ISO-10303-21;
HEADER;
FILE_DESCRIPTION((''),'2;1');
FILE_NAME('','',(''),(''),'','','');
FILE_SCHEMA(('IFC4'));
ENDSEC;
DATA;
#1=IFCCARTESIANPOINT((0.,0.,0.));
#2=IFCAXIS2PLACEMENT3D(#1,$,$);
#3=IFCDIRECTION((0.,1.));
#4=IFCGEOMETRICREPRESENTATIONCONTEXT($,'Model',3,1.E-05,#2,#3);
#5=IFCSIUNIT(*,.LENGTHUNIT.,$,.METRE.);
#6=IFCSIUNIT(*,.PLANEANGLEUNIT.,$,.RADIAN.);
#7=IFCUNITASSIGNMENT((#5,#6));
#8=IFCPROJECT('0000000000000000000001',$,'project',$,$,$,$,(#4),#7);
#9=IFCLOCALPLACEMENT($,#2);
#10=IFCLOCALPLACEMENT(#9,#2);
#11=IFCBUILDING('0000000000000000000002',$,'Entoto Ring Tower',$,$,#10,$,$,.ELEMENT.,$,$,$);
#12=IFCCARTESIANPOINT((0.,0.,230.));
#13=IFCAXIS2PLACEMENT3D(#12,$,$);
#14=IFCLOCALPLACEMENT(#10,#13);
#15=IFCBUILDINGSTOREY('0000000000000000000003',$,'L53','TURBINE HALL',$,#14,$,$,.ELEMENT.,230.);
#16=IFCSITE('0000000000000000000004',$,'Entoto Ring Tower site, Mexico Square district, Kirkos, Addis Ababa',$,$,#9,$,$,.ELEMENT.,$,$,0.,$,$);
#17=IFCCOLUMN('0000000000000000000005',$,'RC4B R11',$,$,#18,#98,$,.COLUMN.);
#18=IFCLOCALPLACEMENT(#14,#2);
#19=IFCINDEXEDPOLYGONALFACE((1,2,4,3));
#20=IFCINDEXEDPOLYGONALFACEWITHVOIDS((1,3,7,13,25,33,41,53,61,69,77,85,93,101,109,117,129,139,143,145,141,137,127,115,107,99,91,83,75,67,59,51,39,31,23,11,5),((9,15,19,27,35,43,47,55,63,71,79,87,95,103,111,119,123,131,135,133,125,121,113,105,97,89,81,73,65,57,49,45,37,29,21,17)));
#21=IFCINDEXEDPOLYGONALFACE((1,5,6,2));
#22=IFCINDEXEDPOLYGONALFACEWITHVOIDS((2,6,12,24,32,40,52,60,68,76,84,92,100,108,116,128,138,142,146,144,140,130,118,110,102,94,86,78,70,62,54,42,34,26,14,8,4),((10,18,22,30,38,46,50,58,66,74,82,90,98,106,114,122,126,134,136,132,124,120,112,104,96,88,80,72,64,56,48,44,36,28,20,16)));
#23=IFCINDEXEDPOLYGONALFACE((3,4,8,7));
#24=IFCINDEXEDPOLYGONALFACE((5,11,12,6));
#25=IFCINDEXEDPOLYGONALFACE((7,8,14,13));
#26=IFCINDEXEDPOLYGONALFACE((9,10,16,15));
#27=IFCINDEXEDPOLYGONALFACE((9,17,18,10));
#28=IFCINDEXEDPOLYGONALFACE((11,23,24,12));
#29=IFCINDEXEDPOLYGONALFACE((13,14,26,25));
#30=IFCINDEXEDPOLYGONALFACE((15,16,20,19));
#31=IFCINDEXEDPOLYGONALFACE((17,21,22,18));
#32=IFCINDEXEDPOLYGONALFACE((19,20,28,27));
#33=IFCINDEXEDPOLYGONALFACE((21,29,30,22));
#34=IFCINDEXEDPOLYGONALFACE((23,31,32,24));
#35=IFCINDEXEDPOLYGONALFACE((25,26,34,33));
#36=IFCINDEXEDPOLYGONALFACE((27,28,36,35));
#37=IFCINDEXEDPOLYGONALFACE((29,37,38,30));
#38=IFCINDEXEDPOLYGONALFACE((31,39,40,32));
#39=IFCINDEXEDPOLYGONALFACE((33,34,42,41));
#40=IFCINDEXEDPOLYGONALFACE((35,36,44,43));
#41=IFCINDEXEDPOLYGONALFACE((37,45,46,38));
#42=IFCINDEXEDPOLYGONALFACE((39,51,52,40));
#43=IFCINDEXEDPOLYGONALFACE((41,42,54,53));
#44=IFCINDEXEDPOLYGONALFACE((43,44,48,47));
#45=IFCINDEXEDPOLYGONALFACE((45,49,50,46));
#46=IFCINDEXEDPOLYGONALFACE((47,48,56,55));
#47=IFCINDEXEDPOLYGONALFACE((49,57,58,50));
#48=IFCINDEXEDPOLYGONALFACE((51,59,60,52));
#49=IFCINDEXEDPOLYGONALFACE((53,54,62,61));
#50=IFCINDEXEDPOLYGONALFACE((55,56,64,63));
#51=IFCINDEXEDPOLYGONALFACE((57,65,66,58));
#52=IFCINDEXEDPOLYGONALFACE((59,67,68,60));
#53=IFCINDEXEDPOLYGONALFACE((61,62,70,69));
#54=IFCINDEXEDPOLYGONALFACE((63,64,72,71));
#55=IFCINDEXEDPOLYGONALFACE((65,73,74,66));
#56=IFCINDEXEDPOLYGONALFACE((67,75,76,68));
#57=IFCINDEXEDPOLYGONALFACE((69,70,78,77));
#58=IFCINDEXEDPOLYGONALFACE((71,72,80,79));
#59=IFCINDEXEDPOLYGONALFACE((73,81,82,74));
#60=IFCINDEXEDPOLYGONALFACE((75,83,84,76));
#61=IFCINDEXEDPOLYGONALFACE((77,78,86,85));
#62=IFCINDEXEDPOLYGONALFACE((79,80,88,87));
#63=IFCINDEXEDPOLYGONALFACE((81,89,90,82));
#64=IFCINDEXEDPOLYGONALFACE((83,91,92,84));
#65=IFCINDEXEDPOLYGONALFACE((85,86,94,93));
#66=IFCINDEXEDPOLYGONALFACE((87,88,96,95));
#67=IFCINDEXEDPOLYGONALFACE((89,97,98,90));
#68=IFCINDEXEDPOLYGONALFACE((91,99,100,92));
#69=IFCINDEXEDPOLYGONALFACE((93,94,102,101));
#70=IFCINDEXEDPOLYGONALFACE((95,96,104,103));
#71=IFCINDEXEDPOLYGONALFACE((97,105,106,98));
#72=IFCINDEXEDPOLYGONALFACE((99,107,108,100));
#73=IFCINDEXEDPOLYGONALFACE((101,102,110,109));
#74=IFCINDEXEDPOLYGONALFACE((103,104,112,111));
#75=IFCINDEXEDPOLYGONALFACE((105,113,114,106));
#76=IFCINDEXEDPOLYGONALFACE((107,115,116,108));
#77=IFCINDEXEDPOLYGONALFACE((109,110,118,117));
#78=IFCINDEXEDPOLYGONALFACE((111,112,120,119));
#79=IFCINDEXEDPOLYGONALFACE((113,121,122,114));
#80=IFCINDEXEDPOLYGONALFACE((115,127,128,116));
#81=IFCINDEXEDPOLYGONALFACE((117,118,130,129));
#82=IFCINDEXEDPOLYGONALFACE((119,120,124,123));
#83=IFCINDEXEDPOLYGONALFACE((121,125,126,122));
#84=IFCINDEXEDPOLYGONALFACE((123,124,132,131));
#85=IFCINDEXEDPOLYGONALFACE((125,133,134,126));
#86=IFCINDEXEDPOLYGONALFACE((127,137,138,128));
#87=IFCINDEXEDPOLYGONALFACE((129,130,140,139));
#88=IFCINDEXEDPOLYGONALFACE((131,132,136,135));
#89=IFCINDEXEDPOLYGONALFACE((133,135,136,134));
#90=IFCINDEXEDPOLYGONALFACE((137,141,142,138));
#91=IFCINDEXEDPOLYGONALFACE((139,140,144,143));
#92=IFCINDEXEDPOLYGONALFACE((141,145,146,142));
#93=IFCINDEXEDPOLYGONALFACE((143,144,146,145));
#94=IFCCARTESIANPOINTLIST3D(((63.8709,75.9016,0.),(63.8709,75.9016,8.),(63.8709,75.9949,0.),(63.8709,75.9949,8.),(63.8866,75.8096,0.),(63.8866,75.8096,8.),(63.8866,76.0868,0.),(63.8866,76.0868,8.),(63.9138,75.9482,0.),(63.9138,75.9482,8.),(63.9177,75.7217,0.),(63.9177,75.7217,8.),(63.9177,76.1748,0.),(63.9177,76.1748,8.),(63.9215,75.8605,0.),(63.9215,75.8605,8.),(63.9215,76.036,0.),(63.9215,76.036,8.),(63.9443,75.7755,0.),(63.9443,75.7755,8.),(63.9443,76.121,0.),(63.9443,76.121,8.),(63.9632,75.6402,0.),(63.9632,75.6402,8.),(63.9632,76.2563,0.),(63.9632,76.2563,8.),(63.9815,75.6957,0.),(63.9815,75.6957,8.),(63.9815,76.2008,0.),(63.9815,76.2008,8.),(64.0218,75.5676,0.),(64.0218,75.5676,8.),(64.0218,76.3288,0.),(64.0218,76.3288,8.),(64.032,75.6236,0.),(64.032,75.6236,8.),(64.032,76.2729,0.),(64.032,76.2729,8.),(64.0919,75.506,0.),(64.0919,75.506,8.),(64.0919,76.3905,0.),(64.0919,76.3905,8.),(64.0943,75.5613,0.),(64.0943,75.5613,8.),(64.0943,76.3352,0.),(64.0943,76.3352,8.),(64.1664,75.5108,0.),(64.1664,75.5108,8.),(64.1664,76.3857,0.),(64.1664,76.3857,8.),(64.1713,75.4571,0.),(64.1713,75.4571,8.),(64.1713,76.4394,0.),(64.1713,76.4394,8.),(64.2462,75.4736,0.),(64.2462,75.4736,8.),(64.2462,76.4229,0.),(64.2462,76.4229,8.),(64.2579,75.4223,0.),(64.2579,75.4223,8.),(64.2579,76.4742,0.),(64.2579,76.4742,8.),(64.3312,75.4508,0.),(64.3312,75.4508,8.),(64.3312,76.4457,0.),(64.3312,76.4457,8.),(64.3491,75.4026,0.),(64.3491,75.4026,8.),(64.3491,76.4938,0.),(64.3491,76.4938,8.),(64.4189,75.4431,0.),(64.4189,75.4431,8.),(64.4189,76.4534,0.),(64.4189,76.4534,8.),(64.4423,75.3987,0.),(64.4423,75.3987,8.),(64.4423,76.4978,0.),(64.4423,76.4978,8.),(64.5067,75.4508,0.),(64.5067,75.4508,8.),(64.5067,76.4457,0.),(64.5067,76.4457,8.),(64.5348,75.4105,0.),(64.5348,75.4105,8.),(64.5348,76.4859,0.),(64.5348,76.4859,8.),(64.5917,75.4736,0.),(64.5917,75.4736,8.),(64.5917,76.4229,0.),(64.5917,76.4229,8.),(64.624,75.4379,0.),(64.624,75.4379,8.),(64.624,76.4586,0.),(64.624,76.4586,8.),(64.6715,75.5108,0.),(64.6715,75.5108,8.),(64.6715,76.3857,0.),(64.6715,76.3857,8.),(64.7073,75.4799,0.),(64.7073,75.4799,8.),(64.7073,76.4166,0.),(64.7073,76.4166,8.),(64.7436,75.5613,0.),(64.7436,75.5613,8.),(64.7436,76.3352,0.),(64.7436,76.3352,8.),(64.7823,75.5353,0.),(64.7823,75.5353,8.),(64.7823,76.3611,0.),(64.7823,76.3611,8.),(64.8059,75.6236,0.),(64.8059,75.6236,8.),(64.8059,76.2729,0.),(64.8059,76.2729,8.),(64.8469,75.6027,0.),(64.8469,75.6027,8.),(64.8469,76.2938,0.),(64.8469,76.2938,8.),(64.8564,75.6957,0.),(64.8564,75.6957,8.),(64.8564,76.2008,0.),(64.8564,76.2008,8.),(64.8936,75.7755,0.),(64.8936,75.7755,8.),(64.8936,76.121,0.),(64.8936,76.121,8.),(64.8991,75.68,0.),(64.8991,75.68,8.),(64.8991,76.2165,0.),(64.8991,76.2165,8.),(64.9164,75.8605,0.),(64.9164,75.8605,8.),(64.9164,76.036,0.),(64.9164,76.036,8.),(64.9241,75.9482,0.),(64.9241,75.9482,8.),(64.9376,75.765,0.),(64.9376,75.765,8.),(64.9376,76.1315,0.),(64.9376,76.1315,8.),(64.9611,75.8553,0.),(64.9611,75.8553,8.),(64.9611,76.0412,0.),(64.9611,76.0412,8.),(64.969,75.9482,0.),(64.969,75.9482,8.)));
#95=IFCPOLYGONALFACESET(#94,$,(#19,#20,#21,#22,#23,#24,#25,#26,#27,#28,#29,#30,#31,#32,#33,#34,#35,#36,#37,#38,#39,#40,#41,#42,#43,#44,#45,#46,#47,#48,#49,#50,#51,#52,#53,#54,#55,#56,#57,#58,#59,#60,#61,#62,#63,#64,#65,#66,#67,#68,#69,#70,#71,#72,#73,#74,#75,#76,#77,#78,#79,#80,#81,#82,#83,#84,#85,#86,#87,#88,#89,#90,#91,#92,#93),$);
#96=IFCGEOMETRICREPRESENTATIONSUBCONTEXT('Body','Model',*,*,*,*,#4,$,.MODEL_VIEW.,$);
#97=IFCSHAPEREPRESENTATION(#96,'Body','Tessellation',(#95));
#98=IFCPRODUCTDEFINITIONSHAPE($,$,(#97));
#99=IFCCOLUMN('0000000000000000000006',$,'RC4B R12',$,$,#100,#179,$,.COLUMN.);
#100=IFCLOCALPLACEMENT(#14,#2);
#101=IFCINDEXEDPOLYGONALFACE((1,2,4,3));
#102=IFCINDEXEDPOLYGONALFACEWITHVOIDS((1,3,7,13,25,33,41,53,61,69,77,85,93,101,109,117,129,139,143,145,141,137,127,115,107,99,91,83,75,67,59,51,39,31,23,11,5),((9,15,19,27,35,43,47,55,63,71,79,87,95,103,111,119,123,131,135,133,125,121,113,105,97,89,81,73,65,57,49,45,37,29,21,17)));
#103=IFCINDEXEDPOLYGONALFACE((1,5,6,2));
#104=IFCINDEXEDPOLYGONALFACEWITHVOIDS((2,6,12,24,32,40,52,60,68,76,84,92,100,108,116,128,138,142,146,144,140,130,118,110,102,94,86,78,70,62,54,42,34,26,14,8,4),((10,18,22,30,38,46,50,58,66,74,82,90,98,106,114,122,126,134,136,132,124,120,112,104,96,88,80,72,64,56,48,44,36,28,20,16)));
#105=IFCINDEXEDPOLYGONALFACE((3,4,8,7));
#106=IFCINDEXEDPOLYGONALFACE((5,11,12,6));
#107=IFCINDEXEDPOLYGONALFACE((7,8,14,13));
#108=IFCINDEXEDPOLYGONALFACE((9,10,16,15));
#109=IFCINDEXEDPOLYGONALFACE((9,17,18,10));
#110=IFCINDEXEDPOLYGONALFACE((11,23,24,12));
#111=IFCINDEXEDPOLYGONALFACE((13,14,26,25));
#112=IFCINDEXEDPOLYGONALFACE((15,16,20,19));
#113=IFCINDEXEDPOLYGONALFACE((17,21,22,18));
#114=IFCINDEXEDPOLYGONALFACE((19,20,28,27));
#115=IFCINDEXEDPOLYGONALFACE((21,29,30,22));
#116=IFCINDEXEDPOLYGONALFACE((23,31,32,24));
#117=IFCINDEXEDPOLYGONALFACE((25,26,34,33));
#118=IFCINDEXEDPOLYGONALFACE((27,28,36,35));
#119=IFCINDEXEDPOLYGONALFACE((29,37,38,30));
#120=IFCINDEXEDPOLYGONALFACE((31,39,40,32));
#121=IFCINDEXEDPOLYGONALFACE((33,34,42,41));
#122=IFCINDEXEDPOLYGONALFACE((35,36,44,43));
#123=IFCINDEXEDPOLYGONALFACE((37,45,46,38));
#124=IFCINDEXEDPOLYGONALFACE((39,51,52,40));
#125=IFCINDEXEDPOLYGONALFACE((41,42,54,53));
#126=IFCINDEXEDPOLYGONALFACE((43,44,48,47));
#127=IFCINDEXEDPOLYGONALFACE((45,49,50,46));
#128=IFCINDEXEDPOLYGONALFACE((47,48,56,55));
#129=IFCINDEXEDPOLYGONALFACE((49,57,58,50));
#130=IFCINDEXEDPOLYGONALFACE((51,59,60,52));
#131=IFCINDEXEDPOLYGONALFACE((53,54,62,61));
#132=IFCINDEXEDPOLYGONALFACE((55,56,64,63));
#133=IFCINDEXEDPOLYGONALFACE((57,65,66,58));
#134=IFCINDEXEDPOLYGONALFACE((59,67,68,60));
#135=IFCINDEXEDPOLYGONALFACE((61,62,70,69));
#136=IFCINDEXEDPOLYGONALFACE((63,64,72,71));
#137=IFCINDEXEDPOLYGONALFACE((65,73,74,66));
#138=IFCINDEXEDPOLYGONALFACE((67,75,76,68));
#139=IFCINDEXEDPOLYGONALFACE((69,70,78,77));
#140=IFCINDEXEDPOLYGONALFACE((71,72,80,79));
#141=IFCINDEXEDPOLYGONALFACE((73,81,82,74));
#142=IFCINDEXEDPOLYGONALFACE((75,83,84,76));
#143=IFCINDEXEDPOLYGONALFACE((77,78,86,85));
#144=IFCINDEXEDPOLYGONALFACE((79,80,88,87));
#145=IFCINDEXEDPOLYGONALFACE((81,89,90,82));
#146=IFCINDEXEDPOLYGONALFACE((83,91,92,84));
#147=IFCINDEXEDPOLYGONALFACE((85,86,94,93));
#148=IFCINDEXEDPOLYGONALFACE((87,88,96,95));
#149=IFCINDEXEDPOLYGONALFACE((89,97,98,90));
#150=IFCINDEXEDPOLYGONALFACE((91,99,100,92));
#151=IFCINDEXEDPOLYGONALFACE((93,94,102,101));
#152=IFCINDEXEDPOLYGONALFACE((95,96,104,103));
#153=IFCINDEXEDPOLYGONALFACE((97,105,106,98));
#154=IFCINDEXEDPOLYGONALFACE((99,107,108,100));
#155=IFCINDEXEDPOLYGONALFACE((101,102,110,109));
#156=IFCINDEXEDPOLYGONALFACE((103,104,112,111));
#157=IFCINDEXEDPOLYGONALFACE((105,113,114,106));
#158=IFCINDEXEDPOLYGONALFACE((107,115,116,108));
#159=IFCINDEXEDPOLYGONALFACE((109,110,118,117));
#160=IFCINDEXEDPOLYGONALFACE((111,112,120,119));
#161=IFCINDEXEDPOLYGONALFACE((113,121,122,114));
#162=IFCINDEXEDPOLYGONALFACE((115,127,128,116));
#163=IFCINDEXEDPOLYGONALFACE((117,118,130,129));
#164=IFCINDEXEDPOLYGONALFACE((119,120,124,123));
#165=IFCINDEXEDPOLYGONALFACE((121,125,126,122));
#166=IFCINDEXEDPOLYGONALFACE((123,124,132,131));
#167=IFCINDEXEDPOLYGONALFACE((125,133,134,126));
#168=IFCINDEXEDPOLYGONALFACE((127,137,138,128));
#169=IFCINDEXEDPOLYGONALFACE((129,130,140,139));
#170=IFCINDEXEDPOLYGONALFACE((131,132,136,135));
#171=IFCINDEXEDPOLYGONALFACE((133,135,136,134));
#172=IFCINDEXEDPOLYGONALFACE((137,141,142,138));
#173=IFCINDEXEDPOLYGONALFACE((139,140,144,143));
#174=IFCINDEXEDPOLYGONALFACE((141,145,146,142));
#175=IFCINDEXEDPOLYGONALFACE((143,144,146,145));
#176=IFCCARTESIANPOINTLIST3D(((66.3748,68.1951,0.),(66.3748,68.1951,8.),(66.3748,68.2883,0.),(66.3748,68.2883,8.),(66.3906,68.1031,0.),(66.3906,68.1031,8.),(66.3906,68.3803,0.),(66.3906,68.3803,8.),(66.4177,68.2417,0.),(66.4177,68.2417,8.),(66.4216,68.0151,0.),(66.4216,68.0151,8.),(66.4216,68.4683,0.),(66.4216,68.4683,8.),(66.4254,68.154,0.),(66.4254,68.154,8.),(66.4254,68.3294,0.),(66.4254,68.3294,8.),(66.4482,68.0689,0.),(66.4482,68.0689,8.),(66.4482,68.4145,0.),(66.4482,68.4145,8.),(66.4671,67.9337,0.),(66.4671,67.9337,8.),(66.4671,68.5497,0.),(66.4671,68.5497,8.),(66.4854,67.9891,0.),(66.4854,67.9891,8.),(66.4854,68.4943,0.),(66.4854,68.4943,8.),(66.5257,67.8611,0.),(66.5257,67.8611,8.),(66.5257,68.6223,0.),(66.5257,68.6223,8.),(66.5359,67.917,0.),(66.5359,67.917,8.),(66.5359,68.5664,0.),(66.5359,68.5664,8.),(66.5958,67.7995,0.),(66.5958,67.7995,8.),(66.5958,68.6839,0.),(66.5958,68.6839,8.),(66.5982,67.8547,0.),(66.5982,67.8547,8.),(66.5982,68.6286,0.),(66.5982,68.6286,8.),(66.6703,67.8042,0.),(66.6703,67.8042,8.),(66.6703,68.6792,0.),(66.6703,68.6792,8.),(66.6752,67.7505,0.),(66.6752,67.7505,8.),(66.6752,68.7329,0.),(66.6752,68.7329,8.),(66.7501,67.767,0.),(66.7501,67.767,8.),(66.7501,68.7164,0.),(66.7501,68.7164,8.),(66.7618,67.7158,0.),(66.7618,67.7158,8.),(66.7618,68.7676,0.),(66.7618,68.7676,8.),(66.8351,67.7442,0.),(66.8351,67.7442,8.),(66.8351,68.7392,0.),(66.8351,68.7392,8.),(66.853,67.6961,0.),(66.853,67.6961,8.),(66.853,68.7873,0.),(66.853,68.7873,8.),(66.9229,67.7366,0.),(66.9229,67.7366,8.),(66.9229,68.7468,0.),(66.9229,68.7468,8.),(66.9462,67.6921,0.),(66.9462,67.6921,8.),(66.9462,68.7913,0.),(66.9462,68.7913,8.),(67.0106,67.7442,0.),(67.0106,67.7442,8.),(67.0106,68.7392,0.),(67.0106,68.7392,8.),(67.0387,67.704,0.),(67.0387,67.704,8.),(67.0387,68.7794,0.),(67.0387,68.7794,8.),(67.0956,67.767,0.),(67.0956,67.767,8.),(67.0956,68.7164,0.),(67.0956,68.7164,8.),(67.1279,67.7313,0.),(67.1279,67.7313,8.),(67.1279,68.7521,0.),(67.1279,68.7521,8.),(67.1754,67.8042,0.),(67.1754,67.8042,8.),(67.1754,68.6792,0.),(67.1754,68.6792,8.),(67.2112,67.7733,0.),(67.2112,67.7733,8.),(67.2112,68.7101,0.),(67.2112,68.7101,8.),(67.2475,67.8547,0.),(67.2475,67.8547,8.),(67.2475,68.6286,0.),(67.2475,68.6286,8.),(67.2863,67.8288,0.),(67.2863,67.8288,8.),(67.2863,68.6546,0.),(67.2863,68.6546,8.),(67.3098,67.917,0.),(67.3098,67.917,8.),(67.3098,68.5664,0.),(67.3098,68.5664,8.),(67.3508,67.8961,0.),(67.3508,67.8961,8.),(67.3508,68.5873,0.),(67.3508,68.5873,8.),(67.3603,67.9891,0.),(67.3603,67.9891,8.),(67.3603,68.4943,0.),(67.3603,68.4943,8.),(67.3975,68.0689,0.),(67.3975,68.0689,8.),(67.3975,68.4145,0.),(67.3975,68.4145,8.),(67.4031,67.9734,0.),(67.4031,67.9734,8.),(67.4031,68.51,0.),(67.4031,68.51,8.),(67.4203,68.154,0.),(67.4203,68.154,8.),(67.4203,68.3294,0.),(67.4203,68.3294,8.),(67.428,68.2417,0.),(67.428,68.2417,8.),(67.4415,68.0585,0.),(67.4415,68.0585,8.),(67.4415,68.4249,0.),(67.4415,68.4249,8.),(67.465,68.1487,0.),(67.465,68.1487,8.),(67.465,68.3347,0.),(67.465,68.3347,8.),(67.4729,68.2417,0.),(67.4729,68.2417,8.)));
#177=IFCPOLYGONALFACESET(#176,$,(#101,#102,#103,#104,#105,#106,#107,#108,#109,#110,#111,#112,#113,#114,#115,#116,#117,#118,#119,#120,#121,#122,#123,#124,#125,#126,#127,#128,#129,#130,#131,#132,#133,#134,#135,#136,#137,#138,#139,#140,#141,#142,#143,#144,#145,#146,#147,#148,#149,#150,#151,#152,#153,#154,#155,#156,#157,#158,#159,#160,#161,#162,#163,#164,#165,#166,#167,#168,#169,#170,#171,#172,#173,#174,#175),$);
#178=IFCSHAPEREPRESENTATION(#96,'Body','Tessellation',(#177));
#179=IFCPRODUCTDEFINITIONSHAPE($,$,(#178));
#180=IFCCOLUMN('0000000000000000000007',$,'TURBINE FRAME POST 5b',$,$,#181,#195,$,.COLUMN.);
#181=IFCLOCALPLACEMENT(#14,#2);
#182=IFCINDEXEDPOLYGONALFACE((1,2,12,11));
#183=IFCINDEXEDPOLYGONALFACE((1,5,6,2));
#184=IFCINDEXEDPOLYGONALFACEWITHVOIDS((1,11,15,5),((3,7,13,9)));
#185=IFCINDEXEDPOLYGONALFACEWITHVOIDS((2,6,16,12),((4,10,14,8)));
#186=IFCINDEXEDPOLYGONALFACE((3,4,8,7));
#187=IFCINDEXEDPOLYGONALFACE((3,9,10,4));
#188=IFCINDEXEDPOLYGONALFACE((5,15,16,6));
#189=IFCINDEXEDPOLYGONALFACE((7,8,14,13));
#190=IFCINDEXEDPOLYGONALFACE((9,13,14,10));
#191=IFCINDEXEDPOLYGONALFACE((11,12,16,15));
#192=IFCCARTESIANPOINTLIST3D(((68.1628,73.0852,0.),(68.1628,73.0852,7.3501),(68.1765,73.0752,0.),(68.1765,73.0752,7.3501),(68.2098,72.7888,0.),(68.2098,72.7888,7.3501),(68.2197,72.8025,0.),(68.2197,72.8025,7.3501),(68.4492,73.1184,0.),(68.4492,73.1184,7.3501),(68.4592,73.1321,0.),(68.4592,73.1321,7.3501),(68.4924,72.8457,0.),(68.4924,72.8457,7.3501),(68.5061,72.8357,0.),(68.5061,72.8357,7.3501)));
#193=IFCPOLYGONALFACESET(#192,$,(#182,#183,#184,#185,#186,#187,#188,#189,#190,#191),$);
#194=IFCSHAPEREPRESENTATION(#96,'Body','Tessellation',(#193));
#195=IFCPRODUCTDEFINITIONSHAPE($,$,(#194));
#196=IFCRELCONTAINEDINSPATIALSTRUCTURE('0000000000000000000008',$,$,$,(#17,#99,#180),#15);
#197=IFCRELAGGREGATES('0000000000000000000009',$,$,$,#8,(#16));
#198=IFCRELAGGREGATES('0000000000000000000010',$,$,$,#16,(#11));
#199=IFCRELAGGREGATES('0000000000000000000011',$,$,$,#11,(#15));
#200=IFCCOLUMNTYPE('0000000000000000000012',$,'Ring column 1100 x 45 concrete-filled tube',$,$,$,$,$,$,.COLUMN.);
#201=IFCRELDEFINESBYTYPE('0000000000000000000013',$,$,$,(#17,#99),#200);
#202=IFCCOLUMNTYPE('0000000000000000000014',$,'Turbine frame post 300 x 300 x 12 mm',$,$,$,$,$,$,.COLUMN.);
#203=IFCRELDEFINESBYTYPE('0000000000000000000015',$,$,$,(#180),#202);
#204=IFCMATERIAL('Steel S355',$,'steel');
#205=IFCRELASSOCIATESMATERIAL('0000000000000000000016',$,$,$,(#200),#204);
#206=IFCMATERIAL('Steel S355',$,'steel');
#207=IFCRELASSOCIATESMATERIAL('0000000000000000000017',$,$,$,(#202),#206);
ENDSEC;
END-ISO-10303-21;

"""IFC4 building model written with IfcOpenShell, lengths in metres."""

from ifc_helpers import new_model, si_unit, direction, frame, origin, origin_2d, place, context, subcontext, project, spatial, hollow_rectangle, circle, hollow_circle, extrude, material, material_profile, profile_set, type_object, element, save


model = new_model("IFC4")

# Units and contexts
model_context = context("Model", 3, precision=1e-05, world=origin(), true_north=direction((0.0, 1.0)))
body_context = subcontext(model_context, "Body", "Model", "MODEL_VIEW")
ifc_project = project(units=[si_unit("LENGTHUNIT", "METRE"), si_unit("PLANEANGLEUNIT", "RADIAN")], contexts=[model_context])

# Site, building, storey
site_placement = place(None, origin())
site = spatial("IfcSite", under=ifc_project, at=site_placement, Name="Entoto Ring Tower site, Mexico Square district, Kirkos, Addis Ababa", CompositionType="ELEMENT", RefElevation=0.0)
building_placement = place(site_placement, origin())
building = spatial("IfcBuilding", under=site, at=building_placement, Name="Entoto Ring Tower", CompositionType="ELEMENT")
storey_placement = place(building_placement, frame((0.0, 0.0, 230.0)))
storey = spatial("IfcBuildingStorey", under=building, at=storey_placement, Name="L53", Description="TURBINE HALL", CompositionType="ELEMENT", Elevation=230.0)

# Columns
ifc_material_1 = material(Name="Steel S355", Category="steel")
ifc_material_profile_1 = material_profile(ifc_material_1, hollow_circle(Radius=0.55, WallThickness=0.0449, at=origin_2d()), Name="CHS 1100 x 45")
ifc_material_2 = material(Name="Concrete C60/75", Category="concrete")
ifc_material_profile_2 = material_profile(ifc_material_2, circle(Radius=0.5049, at=origin_2d()), Name="Concrete C60/75 infill")
ifc_profile_set_1 = profile_set([ifc_material_profile_1, ifc_material_profile_2], Name="Steel S355")
column_type_1 = type_object("IfcColumnType", Name="Ring column 1100 x 45 concrete-filled tube", PredefinedType="COLUMN", material=ifc_profile_set_1)
for number, where, z_axis, x_axis, name in (
    (1, (64.4189, 75.9482, 0.0), (0.0, 0.0, 1.0), (1.0, 0.0, 0.0), "RC4B R11"),
    (2, (66.9229, 68.2417, 0.0), (0.0, 0.0, 1.0), (1.0, 0.0, 0.0), "RC4B R12"),
):
    element("IfcColumn", number, at=place(storey_placement, frame(where, z_axis=z_axis, x_axis=x_axis)), inside=storey, type_object=column_type_1, Name=name, PredefinedType="COLUMN", context=body_context, shape_type="SweptSolid", body=[
        extrude(hollow_circle(Radius=0.55, WallThickness=0.0449, at=origin_2d()), origin(), (0.0, 0.0, 1.0), 8.0),
    ])
ifc_material_3 = material(Name="Steel S355", Category="steel")
ifc_material_profile_3 = material_profile(ifc_material_3, hollow_rectangle(XDim=0.3, YDim=0.3, WallThickness=0.012, at=origin_2d()), Name="Turbine frame post 300 x 300 x 12 mm")
ifc_profile_set_2 = profile_set([ifc_material_profile_3], Name="Steel S355")
column_type_2 = type_object("IfcColumnType", Name="Turbine frame post 300 x 300 x 12 mm", PredefinedType="COLUMN", material=ifc_profile_set_2)
for number, where, z_axis, x_axis, name in (
    (3, (68.3345, 72.9604, 0.0), (0.0, 0.0, 1.0), (0.156434, -0.987688, 0.0), "TURBINE FRAME POST 5b"),
):
    element("IfcColumn", number, at=place(storey_placement, frame(where, z_axis=z_axis, x_axis=x_axis)), inside=storey, type_object=column_type_2, Name=name, PredefinedType="COLUMN", context=body_context, shape_type="SweptSolid", body=[
        extrude(hollow_rectangle(XDim=0.3, YDim=0.3, WallThickness=0.012, at=origin_2d()), origin(), (0.0, 0.0, 1.0), 7.3501),
    ])

save(model, "model.ifc")
